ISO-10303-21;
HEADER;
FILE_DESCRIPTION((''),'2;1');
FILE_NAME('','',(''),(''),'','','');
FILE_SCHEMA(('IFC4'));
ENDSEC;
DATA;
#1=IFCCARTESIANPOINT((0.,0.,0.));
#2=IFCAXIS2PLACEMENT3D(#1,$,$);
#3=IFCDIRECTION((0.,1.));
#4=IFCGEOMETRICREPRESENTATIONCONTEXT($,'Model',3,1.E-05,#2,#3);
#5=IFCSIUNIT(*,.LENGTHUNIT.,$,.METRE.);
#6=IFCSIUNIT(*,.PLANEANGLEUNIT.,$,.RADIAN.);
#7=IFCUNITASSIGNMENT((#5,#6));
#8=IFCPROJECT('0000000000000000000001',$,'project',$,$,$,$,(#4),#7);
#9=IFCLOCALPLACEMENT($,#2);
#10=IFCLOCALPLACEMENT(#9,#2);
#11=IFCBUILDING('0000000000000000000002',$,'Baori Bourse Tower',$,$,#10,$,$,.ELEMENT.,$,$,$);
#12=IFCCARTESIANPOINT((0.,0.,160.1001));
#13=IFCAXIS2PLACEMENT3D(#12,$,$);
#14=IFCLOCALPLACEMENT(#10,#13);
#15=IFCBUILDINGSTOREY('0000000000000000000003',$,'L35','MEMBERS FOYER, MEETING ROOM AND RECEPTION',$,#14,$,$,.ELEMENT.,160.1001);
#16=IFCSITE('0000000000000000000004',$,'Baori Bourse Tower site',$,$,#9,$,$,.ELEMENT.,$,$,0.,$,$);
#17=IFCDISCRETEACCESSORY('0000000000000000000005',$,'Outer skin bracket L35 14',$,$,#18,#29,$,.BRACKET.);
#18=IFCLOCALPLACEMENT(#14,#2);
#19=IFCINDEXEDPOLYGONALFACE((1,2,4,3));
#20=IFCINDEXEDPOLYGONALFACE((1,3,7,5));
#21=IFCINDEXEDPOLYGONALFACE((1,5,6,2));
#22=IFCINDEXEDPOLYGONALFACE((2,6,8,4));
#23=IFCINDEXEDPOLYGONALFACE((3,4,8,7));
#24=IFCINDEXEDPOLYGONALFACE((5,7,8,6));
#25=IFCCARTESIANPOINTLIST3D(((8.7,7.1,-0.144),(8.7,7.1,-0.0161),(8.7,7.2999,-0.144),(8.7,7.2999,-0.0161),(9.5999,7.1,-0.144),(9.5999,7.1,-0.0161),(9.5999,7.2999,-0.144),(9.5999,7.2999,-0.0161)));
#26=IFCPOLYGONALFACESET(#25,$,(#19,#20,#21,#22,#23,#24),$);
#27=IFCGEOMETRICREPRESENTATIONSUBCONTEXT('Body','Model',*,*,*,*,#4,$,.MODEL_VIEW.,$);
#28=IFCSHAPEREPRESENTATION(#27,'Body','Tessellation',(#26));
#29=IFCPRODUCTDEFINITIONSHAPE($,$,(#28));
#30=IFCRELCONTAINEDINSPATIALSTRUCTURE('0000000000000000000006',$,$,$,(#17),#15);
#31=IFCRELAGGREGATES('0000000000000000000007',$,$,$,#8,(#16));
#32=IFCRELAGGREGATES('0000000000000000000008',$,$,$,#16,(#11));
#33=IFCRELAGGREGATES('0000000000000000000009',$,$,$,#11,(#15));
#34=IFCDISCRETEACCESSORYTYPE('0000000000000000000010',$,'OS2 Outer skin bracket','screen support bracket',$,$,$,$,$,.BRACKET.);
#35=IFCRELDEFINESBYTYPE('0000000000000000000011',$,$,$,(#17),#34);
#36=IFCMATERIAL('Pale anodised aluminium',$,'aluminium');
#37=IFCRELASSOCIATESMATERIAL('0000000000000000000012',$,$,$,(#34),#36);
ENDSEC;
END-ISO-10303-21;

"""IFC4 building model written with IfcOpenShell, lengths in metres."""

from ifc_helpers import new_model, si_unit, direction, frame, origin, origin_2d, place, context, subcontext, project, spatial, rectangle, extrude, material, type_object, element, save


model = new_model("IFC4")

# Units and contexts
model_context = context("Model", 3, precision=1e-05, world=origin(), true_north=direction((0.0, 1.0)))
body_context = subcontext(model_context, "Body", "Model", "MODEL_VIEW")
ifc_project = project(units=[si_unit("LENGTHUNIT", "METRE"), si_unit("PLANEANGLEUNIT", "RADIAN")], contexts=[model_context])

# Site, building, storey
site_placement = place(None, origin())
site = spatial("IfcSite", under=ifc_project, at=site_placement, Name="Baori Bourse Tower site", CompositionType="ELEMENT", RefElevation=0.0)
building_placement = place(site_placement, origin())
building = spatial("IfcBuilding", under=site, at=building_placement, Name="Baori Bourse Tower", CompositionType="ELEMENT")
storey_placement = place(building_placement, frame((0.0, 0.0, 160.1001)))
storey = spatial("IfcBuildingStorey", under=building, at=storey_placement, Name="L35", Description="MEMBERS FOYER, MEETING ROOM AND RECEPTION", CompositionType="ELEMENT", Elevation=160.1001)

# Discrete accessory
ifc_material_1 = material(Name="Pale anodised aluminium", Category="aluminium")
discrete_accessory_type = type_object("IfcDiscreteAccessoryType", Name="OS2 Outer skin bracket", Description="screen support bracket", PredefinedType="BRACKET", material=ifc_material_1)
discrete_accessory_placement = place(storey_placement, frame((9.1499, 7.2, -0.144), z_axis=(0.0, 0.0, 1.0), x_axis=(0.0, -1.0, 0.0)))
element("IfcDiscreteAccessory", 1, at=discrete_accessory_placement, inside=storey, type_object=discrete_accessory_type, Name="Outer skin bracket L35 14", PredefinedType="BRACKET", context=body_context, shape_type="SweptSolid", body=[
    extrude(rectangle(XDim=0.2, YDim=0.8999, at=origin_2d()), origin(), (0.0, 0.0, 1.0), 0.1279),
])

save(model, "model.ifc")
